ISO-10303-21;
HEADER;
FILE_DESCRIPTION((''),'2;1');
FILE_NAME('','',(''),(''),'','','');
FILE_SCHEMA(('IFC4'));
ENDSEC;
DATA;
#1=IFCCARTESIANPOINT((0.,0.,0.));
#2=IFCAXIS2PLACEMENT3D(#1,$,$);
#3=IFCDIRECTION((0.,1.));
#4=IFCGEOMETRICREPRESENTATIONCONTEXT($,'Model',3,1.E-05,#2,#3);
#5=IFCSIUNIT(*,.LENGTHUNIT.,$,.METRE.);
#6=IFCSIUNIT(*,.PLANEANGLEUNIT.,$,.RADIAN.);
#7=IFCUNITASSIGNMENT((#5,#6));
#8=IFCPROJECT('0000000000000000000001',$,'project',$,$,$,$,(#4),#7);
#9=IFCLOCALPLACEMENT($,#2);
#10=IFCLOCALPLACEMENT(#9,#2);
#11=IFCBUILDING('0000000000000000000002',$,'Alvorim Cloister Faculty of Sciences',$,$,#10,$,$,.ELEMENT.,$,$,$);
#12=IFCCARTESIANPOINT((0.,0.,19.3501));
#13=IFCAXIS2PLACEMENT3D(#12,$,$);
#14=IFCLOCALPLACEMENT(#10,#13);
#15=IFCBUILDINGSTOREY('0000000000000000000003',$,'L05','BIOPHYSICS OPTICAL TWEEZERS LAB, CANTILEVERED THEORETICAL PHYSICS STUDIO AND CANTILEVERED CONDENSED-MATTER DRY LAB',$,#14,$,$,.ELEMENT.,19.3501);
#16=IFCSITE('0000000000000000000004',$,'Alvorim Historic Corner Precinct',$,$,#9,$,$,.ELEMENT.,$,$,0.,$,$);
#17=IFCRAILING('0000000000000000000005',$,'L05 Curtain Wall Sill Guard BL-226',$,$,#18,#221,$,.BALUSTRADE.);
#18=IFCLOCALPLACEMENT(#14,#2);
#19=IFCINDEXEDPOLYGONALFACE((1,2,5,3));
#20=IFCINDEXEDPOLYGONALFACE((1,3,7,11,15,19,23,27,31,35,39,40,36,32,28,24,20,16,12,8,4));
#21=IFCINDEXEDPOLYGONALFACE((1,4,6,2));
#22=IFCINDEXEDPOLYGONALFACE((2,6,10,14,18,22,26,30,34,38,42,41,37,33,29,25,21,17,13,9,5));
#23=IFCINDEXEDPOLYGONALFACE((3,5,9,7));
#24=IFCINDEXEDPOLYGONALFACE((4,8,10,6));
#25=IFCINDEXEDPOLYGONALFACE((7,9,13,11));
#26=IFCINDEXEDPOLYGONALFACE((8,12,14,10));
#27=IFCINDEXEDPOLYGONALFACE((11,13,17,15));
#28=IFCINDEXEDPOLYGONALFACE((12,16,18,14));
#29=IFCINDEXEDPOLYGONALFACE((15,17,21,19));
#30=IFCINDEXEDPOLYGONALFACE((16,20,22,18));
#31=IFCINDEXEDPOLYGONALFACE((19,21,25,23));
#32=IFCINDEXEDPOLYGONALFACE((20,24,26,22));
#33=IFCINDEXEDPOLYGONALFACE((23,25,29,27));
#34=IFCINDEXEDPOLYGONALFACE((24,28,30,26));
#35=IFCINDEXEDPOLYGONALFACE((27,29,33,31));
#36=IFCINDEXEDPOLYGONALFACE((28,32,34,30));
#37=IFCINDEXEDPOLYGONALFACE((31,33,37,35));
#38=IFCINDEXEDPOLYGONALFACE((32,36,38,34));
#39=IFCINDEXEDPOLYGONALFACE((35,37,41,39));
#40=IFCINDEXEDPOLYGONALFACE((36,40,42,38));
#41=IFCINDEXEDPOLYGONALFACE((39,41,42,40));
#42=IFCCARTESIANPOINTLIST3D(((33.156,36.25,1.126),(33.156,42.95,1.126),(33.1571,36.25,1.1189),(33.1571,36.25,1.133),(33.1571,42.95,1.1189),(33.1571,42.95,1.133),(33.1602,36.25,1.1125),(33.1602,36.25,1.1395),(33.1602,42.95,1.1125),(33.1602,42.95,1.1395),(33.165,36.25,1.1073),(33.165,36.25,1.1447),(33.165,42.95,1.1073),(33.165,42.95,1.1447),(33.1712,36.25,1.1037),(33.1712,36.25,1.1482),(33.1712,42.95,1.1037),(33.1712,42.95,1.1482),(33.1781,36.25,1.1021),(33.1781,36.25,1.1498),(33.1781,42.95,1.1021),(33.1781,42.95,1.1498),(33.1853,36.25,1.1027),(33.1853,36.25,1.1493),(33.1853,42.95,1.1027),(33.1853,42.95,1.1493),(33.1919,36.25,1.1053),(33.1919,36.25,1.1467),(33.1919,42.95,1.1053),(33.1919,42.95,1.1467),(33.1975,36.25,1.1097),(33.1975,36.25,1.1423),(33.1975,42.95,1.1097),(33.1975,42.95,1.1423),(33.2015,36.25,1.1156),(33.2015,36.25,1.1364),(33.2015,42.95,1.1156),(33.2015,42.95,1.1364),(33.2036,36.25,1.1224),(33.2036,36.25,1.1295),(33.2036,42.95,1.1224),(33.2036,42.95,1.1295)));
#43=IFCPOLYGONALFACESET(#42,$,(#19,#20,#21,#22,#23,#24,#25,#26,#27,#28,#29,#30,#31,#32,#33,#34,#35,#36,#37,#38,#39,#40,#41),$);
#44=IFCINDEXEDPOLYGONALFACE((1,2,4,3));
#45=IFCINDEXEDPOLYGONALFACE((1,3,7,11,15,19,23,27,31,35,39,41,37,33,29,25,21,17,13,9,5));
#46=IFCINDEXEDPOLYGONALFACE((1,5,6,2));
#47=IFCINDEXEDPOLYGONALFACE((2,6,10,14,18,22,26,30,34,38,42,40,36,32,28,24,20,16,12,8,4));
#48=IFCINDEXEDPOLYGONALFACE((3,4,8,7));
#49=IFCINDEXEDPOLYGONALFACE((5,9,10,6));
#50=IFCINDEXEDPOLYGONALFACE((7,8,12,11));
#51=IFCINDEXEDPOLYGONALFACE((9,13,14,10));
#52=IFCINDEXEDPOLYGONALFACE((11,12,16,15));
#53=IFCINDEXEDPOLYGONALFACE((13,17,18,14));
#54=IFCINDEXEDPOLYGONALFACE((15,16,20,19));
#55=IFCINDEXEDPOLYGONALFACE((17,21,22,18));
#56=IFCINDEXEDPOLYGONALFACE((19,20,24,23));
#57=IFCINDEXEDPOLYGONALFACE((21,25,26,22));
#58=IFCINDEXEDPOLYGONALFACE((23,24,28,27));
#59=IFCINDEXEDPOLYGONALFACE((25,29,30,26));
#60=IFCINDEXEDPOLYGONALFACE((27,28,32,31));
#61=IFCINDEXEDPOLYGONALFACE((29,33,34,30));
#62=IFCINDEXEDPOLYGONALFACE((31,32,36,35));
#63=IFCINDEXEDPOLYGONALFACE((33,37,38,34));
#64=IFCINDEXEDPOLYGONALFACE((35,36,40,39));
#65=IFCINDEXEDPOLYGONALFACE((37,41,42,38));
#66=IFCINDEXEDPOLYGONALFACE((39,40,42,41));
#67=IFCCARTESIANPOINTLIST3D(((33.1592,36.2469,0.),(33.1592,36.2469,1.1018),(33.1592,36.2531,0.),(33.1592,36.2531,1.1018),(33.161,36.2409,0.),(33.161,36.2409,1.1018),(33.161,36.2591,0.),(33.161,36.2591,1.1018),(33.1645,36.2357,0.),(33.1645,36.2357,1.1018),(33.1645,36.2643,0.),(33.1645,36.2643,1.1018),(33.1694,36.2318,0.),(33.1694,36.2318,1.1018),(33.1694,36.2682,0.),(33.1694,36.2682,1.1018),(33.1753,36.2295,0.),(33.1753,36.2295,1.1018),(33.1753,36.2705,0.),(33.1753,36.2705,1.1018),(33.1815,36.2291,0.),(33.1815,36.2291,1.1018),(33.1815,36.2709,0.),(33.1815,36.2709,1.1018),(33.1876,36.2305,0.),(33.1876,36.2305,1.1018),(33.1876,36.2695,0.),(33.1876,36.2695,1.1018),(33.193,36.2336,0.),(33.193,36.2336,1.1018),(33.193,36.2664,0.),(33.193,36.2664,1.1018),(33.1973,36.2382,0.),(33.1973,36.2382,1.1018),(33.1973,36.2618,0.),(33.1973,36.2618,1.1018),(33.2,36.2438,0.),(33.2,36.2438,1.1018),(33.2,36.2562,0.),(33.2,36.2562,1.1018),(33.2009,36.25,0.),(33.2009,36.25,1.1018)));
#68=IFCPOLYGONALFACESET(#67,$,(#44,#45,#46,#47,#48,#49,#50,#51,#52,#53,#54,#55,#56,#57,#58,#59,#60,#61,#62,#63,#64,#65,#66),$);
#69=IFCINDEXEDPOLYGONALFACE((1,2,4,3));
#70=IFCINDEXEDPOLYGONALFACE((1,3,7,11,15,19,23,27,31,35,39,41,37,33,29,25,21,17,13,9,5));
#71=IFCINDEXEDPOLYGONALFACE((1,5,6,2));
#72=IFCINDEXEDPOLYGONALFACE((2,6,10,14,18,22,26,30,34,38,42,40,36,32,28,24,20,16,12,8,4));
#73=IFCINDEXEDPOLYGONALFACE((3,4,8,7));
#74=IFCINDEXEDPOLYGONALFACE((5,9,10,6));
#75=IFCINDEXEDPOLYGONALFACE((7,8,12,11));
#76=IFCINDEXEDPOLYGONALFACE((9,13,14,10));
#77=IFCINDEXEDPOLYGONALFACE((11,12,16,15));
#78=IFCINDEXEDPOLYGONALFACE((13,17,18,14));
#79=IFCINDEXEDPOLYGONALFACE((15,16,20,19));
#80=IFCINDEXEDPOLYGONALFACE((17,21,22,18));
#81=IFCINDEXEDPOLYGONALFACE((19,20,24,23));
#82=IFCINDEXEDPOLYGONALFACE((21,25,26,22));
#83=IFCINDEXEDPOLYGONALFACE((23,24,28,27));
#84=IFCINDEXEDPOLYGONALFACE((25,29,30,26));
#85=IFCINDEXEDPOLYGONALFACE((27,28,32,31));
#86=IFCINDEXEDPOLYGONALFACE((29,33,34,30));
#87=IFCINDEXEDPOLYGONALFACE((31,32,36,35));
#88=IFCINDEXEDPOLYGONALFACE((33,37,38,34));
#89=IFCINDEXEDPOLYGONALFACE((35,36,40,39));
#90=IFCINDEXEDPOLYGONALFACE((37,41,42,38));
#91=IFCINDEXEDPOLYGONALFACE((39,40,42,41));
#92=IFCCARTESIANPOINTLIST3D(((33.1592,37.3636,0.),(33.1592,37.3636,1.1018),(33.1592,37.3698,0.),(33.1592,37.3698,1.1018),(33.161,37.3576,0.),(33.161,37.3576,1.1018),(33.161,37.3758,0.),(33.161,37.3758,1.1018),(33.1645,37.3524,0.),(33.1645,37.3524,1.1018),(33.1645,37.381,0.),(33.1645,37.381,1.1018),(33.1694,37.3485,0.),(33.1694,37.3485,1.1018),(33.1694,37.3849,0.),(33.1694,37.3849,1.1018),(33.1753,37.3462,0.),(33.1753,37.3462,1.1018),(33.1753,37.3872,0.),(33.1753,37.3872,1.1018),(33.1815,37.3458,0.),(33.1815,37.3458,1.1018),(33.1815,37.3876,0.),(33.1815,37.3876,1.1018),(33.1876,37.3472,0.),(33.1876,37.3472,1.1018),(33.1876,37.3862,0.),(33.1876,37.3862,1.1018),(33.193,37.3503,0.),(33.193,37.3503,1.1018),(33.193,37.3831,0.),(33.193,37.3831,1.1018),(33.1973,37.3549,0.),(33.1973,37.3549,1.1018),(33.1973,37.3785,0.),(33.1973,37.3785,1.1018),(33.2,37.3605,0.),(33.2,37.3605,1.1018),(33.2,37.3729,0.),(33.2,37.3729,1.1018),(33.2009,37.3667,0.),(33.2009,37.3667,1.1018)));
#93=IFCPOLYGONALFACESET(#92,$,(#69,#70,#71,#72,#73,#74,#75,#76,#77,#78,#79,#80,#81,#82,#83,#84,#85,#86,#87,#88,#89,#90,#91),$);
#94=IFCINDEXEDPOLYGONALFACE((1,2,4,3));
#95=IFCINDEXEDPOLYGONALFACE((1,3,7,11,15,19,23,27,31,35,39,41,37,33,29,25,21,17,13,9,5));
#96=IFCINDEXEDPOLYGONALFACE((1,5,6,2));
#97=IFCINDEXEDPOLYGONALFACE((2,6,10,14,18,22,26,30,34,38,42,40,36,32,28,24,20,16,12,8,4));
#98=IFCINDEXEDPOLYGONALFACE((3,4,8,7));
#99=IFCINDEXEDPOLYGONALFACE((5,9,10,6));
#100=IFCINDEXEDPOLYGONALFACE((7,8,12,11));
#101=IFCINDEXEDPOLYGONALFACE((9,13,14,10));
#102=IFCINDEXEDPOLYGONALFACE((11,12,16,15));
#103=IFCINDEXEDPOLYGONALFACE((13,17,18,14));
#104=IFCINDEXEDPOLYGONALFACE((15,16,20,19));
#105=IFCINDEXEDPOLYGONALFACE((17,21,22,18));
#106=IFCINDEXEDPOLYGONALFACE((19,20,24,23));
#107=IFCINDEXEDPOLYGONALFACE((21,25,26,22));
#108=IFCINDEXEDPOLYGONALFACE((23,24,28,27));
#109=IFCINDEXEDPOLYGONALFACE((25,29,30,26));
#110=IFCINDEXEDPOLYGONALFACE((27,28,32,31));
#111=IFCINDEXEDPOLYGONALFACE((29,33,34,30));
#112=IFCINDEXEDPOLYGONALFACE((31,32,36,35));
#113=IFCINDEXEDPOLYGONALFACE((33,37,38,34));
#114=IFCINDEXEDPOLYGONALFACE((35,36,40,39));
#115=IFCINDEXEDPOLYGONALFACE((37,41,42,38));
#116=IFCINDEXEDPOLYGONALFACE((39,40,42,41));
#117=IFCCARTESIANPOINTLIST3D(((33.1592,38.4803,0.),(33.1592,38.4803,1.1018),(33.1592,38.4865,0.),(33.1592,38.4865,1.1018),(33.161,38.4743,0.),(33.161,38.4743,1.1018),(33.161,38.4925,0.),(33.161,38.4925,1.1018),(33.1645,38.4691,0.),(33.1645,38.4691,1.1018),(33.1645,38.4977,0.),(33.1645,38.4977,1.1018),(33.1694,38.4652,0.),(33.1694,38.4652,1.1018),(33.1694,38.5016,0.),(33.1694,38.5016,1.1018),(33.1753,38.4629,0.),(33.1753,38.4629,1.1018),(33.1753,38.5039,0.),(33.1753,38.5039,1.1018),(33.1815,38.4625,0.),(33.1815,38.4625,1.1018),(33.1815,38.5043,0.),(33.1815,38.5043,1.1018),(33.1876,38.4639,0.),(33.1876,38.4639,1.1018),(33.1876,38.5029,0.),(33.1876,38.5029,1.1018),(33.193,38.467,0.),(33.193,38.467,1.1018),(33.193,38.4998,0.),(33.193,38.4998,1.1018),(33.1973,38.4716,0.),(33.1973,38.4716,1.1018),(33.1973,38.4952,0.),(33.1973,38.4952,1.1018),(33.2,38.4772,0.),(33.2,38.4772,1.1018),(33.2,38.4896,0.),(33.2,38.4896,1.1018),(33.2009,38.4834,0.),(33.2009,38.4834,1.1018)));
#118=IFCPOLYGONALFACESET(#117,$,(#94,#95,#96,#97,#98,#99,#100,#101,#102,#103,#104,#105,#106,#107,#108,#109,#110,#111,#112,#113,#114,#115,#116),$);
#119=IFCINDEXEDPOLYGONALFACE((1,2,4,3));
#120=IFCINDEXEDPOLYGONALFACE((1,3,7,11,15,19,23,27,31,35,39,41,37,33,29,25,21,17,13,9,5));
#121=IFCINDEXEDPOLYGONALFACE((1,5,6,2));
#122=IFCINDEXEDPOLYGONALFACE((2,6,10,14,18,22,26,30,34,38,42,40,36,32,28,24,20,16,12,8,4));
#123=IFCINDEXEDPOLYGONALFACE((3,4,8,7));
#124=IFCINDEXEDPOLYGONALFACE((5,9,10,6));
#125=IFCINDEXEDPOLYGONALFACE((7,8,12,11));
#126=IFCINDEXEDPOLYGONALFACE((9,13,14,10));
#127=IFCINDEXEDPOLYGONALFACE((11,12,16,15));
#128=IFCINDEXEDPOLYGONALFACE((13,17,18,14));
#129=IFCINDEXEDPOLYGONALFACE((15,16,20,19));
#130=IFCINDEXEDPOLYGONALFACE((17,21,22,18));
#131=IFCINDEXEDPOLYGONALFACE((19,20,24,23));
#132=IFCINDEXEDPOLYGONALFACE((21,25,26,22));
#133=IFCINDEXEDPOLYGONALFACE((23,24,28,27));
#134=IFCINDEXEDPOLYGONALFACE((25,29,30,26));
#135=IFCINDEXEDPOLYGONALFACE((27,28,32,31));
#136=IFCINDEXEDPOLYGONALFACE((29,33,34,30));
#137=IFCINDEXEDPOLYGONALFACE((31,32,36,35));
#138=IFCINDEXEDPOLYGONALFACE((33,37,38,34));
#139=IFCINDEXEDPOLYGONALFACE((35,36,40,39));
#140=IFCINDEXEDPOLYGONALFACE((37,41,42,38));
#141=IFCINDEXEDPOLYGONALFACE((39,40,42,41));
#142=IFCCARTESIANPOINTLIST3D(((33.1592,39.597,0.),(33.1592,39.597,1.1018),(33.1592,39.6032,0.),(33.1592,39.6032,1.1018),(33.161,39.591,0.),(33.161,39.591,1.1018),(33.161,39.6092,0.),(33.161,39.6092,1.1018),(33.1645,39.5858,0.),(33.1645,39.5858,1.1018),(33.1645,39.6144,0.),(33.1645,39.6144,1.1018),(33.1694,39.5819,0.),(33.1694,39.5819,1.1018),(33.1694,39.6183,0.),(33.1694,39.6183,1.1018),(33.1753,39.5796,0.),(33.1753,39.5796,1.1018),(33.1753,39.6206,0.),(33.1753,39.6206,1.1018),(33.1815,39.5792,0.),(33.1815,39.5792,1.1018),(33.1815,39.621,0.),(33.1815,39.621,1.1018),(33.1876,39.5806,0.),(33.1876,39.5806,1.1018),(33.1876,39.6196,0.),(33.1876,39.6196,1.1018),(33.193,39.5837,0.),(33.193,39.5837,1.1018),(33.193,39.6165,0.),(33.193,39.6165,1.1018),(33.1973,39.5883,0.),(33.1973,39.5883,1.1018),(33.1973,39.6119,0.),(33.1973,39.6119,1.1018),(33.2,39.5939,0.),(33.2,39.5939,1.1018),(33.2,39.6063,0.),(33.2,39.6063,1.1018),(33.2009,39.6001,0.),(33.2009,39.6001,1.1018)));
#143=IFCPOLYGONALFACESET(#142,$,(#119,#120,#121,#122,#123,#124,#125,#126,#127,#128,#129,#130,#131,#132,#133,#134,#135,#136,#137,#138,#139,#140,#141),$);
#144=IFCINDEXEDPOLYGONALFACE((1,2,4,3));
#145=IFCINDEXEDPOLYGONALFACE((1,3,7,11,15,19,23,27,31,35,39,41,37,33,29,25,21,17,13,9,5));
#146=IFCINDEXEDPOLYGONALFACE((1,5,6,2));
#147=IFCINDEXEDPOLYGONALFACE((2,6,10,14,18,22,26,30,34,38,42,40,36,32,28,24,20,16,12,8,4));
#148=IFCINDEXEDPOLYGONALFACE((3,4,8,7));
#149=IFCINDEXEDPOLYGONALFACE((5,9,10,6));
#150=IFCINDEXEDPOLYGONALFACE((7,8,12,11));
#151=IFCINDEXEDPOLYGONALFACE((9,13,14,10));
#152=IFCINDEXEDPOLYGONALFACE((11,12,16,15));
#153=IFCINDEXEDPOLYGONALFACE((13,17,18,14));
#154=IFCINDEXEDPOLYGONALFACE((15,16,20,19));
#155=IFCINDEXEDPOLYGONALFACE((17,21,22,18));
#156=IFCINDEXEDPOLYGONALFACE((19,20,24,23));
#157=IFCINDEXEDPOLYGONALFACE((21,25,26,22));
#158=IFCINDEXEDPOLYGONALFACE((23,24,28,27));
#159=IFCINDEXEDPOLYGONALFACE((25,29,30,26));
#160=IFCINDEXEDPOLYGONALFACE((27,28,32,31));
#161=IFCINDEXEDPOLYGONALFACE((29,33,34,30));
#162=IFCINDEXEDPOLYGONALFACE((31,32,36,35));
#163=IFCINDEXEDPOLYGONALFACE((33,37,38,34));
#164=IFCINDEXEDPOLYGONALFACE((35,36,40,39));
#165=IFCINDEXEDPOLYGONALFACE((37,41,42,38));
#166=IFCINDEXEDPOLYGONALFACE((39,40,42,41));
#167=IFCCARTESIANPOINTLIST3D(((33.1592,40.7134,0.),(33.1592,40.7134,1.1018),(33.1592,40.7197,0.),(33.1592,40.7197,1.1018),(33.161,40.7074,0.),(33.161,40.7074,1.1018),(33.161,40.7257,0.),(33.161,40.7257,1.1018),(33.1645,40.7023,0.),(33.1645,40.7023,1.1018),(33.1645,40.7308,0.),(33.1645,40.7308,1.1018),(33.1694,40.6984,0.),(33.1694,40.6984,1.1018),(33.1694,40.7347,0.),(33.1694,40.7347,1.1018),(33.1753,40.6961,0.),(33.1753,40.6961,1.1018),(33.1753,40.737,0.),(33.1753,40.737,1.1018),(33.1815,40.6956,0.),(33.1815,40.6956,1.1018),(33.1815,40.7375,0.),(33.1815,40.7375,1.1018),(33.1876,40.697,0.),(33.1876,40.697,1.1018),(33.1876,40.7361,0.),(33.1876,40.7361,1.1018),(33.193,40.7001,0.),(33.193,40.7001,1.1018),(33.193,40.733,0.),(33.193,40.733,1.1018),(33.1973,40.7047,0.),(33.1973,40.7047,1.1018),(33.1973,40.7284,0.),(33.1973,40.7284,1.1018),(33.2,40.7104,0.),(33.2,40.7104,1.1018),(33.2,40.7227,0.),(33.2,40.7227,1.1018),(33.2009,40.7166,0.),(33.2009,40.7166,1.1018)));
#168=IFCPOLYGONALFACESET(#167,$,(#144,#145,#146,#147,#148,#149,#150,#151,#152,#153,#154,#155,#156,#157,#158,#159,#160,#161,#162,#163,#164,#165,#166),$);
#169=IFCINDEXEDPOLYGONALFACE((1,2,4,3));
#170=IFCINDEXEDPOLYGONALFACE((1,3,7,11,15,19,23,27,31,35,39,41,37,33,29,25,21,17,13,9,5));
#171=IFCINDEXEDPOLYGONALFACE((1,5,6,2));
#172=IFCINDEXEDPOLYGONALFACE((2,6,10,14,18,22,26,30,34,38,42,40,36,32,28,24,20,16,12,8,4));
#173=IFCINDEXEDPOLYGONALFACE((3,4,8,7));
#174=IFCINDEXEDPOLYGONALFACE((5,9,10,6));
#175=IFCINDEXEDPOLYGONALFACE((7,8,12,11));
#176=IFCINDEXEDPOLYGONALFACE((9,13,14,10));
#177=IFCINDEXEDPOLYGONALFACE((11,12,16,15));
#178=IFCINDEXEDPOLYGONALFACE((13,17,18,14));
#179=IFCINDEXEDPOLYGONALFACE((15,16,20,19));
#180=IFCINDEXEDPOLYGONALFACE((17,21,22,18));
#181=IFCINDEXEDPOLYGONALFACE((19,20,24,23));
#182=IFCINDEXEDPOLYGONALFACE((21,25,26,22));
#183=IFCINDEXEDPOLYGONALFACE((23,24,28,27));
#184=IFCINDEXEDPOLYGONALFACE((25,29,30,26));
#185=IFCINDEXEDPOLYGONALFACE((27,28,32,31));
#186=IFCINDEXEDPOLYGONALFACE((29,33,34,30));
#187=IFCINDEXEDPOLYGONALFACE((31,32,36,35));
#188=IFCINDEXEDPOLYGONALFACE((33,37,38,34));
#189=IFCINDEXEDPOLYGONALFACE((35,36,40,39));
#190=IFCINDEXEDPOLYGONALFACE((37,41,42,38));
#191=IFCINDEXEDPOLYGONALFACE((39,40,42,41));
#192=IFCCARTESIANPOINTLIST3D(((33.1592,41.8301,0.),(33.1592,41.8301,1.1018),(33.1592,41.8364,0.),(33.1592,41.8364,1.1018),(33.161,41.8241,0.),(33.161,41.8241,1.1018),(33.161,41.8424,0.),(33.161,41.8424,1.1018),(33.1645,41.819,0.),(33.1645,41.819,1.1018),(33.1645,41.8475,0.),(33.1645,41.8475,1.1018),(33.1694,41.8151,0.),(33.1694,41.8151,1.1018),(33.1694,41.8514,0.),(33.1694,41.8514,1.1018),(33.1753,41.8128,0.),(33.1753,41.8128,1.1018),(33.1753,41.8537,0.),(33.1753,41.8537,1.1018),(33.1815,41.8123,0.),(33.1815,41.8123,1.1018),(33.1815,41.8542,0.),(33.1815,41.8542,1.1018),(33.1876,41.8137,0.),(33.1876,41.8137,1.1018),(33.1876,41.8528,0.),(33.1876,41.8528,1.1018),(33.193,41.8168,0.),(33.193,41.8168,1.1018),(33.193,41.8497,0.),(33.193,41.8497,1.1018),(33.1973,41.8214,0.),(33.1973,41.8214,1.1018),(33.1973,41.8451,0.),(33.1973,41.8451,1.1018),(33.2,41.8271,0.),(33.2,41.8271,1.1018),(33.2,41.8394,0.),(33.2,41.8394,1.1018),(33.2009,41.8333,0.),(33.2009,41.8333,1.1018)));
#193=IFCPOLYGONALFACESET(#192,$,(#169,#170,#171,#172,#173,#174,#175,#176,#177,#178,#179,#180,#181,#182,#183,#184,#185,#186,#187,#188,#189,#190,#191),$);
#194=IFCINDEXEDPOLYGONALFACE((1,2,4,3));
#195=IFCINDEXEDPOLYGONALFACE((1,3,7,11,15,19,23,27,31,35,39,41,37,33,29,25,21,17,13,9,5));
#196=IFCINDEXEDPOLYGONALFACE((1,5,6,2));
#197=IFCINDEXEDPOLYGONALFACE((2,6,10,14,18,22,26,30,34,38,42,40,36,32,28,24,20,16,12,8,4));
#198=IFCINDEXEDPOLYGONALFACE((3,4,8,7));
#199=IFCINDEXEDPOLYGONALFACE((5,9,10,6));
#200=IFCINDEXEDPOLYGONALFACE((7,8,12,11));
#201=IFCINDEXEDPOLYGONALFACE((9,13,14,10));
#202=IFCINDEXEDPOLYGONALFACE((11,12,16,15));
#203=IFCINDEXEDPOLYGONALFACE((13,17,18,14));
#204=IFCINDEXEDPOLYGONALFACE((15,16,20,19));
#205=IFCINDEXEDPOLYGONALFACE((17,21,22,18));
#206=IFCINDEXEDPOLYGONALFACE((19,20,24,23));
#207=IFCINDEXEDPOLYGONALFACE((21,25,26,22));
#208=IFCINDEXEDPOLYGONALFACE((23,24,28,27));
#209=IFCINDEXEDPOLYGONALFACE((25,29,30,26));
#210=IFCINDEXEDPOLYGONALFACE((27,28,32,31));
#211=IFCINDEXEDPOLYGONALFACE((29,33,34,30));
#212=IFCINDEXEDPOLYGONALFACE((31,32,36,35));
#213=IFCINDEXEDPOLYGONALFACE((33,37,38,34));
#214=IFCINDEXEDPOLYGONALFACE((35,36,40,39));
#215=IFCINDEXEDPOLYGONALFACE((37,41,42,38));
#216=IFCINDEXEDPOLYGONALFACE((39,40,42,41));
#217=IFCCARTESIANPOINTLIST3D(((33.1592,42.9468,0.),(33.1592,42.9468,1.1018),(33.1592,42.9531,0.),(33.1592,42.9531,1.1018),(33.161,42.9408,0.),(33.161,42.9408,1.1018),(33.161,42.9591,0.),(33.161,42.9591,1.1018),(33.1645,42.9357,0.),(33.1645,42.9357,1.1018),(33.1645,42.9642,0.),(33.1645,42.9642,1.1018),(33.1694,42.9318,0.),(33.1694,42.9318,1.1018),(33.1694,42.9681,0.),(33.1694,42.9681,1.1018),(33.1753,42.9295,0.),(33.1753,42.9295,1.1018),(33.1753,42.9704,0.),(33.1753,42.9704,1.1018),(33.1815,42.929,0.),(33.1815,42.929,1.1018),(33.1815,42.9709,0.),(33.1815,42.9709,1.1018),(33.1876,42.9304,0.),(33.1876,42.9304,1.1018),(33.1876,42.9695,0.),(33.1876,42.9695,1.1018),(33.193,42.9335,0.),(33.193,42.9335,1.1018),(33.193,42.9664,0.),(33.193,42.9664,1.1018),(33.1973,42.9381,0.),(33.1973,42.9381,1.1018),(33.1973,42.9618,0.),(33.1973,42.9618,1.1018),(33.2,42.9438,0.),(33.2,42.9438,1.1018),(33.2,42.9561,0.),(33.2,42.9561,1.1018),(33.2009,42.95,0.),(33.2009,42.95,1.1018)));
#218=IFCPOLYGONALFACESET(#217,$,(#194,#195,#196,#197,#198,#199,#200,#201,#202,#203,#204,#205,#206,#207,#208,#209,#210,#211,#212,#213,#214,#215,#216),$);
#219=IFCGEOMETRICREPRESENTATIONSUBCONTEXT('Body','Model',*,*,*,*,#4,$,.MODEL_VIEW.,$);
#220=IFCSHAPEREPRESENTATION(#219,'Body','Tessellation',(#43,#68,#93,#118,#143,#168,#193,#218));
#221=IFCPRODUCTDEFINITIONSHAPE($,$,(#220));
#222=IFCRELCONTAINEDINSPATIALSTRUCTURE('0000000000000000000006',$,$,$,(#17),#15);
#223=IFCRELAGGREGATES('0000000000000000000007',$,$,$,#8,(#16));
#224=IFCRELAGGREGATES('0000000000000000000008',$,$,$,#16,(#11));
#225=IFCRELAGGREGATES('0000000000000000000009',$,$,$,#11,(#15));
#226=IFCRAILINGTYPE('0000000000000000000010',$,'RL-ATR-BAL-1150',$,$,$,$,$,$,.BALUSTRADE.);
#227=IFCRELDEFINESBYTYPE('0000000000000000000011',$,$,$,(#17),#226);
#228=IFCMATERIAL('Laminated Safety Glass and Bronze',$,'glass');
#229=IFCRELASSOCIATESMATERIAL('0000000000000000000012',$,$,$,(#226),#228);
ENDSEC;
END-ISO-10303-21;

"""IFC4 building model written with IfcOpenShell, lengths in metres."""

from ifc_helpers import new_model, si_unit, direction, frame, origin, origin_2d, place, context, subcontext, project, spatial, circle, extrude, material, type_object, element, save


model = new_model("IFC4")

# Units and contexts
model_context = context("Model", 3, precision=1e-05, world=origin(), true_north=direction((0.0, 1.0)))
body_context = subcontext(model_context, "Body", "Model", "MODEL_VIEW")
ifc_project = project(units=[si_unit("LENGTHUNIT", "METRE"), si_unit("PLANEANGLEUNIT", "RADIAN")], contexts=[model_context])

# Site, building, storey
site_placement = place(None, origin())
site = spatial("IfcSite", under=ifc_project, at=site_placement, Name="Alvorim Historic Corner Precinct", CompositionType="ELEMENT", RefElevation=0.0)
building_placement = place(site_placement, origin())
building = spatial("IfcBuilding", under=site, at=building_placement, Name="Alvorim Cloister Faculty of Sciences", CompositionType="ELEMENT")
storey_placement = place(building_placement, frame((0.0, 0.0, 19.3501)))
storey = spatial("IfcBuildingStorey", under=building, at=storey_placement, Name="L05", Description="BIOPHYSICS OPTICAL TWEEZERS LAB, CANTILEVERED THEORETICAL PHYSICS STUDIO AND CANTILEVERED CONDENSED-MATTER DRY LAB", CompositionType="ELEMENT", Elevation=19.3501)

# Railing
ifc_material_1 = material(Name="Laminated Safety Glass and Bronze", Category="glass")
railing_type = type_object("IfcRailingType", Name="RL-ATR-BAL-1150", PredefinedType="BALUSTRADE", material=ifc_material_1)
railing_placement = place(storey_placement, frame((33.1799, 36.25, 0.0)))
element("IfcRailing", 1, at=railing_placement, inside=storey, type_object=railing_type, Name="L05 Curtain Wall Sill Guard BL-226", PredefinedType="BALUSTRADE", context=body_context, shape_type="SweptSolid", body=[
    extrude(circle(Radius=0.0239, at=origin_2d()), frame((0.0, 0.0, 1.126), z_axis=(0.0, 1.0, 0.0), x_axis=(-1.0, 0.0, 0.0)), (0.0, 0.0, 1.0), 6.7),
    extrude(circle(Radius=0.021, at=origin_2d()), origin(), (0.0, 0.0, 1.0), 1.1018),
    extrude(circle(Radius=0.021, at=origin_2d()), frame((0.0, 1.1167, 0.0)), (0.0, 0.0, 1.0), 1.1018),
    extrude(circle(Radius=0.021, at=origin_2d()), frame((0.0, 2.2334, 0.0)), (0.0, 0.0, 1.0), 1.1018),
    extrude(circle(Radius=0.021, at=origin_2d()), frame((0.0, 3.3501, 0.0)), (0.0, 0.0, 1.0), 1.1018),
    extrude(circle(Radius=0.021, at=origin_2d()), frame((0.0, 4.4666, 0.0)), (0.0, 0.0, 1.0), 1.1018),
    extrude(circle(Radius=0.021, at=origin_2d()), frame((0.0, 5.5833, 0.0)), (0.0, 0.0, 1.0), 1.1018),
    extrude(circle(Radius=0.021, at=origin_2d()), frame((0.0, 6.7, 0.0)), (0.0, 0.0, 1.0), 1.1018),
])

save(model, "model.ifc")
